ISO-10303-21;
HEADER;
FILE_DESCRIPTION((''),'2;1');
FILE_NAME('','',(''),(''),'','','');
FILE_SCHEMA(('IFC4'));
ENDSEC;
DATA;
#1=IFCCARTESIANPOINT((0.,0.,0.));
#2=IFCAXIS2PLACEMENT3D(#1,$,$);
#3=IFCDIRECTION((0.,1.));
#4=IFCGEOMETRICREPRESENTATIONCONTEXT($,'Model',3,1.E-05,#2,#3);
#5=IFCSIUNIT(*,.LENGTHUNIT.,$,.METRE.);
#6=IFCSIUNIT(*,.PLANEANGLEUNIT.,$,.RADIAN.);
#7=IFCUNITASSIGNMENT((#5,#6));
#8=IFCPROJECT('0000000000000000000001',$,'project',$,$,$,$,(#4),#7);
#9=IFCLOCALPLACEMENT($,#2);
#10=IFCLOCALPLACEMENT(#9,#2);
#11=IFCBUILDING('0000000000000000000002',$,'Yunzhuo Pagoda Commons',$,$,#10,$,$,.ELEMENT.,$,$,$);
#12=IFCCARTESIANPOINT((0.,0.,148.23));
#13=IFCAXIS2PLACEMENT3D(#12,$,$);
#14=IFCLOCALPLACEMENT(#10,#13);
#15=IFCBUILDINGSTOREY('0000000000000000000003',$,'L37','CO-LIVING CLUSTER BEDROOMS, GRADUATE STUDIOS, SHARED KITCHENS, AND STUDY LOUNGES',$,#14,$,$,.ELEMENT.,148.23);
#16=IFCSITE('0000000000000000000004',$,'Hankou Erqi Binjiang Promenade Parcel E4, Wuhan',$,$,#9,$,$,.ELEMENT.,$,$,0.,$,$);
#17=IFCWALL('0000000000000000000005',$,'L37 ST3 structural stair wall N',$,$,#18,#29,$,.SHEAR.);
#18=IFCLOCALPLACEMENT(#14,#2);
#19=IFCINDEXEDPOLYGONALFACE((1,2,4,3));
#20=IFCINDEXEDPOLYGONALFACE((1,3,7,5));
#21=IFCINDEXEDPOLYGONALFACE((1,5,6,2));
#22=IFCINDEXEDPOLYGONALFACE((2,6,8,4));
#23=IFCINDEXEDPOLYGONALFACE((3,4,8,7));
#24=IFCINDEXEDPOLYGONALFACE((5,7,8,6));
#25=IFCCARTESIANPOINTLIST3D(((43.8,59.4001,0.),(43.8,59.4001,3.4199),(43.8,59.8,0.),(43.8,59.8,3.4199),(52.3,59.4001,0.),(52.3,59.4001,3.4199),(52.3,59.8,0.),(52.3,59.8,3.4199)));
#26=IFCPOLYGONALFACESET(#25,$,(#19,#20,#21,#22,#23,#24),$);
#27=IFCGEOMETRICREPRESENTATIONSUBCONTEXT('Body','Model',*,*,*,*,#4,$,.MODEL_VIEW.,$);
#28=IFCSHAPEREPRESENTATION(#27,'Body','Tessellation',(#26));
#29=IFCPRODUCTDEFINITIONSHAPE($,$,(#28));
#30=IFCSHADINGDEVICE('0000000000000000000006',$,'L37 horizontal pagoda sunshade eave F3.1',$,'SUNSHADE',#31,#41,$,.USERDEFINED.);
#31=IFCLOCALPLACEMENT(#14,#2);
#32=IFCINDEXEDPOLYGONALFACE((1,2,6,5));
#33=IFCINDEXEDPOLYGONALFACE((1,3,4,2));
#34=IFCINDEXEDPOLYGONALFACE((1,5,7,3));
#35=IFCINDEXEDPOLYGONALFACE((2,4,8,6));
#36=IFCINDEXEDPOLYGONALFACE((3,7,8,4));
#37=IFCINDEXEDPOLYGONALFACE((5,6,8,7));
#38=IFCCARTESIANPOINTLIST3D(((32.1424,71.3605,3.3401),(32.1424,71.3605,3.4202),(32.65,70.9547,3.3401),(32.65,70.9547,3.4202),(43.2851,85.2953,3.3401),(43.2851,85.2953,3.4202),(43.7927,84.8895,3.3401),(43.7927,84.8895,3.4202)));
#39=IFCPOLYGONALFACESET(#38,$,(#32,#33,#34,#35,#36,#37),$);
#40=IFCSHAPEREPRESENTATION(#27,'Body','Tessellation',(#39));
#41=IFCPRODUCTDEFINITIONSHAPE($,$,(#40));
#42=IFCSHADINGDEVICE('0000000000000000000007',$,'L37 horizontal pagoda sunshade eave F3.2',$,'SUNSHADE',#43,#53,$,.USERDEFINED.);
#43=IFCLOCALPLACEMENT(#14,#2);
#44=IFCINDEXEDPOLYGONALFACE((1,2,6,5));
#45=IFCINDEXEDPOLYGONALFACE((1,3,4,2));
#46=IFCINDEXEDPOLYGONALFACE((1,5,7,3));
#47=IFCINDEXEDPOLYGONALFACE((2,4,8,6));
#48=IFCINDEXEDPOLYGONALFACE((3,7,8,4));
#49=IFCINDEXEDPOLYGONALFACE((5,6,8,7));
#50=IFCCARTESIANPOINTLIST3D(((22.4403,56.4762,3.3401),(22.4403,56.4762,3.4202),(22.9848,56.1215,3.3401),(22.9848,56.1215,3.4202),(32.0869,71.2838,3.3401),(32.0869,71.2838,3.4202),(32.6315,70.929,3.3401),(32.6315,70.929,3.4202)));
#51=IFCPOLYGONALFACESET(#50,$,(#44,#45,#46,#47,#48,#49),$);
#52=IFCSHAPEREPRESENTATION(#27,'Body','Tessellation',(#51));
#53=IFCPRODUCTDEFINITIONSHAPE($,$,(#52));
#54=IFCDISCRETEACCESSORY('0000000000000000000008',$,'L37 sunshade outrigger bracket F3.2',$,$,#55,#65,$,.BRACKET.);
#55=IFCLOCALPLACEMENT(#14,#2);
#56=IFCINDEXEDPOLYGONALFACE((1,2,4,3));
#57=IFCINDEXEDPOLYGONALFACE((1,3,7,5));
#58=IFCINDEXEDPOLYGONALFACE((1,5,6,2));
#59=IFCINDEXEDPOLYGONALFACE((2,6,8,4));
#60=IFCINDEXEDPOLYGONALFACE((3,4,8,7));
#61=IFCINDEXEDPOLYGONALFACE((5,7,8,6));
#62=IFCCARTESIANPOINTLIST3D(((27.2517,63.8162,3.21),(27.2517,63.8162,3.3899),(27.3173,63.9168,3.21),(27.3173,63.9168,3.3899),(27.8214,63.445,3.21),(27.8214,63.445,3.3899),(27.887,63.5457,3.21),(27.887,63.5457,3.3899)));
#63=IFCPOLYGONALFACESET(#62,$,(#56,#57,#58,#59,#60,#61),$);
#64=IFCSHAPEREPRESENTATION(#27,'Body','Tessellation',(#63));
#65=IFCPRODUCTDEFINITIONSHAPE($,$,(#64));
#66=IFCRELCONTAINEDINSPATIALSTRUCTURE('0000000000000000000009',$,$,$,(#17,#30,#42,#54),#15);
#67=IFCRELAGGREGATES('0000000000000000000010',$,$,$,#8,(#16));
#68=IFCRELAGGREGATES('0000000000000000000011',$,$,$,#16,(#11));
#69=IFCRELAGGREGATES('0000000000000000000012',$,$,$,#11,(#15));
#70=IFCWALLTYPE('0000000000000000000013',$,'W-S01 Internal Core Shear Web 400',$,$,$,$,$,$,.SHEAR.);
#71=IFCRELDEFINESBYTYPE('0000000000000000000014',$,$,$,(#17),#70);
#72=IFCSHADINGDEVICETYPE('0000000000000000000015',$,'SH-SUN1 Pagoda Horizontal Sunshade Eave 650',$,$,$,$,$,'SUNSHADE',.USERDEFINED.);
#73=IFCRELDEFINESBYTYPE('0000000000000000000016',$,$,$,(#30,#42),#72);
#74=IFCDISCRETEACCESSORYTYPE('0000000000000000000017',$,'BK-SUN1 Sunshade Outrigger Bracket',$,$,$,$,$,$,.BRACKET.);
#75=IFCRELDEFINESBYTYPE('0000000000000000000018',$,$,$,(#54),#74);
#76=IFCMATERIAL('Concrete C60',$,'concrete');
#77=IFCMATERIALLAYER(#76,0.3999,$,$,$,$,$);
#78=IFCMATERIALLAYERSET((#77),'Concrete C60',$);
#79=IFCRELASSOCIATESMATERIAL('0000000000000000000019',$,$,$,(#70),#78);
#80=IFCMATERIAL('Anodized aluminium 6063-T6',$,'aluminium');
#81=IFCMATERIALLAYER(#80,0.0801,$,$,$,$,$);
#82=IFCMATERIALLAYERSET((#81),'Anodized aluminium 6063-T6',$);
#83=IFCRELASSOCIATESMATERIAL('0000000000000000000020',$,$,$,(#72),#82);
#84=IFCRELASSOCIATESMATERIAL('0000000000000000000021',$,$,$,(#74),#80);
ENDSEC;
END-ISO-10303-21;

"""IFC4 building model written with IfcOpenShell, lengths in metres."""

from ifc_helpers import new_model, si_unit, direction, frame, frame_2d, origin, origin_2d, place, context, subcontext, project, spatial, rectangle, extrude, source, transform, mapped, material, layer, layer_set, type_object, element, save


model = new_model("IFC4")

# Units and contexts
model_context = context("Model", 3, precision=1e-05, world=origin(), true_north=direction((0.0, 1.0)))
body_context = subcontext(model_context, "Body", "Model", "MODEL_VIEW")
ifc_project = project(units=[si_unit("LENGTHUNIT", "METRE"), si_unit("PLANEANGLEUNIT", "RADIAN")], contexts=[model_context])

# Site, building, storey
site_placement = place(None, origin())
site = spatial("IfcSite", under=ifc_project, at=site_placement, Name="Hankou Erqi Binjiang Promenade Parcel E4, Wuhan", CompositionType="ELEMENT", RefElevation=0.0)
building_placement = place(site_placement, origin())
building = spatial("IfcBuilding", under=site, at=building_placement, Name="Yunzhuo Pagoda Commons", CompositionType="ELEMENT")
storey_placement = place(building_placement, frame((0.0, 0.0, 148.23)))
storey = spatial("IfcBuildingStorey", under=building, at=storey_placement, Name="L37", Description="CO-LIVING CLUSTER BEDROOMS, GRADUATE STUDIOS, SHARED KITCHENS, AND STUDY LOUNGES", CompositionType="ELEMENT", Elevation=148.23)

# Shared definitions
ifc_material_1 = material(Name="Anodized aluminium 6063-T6", Category="aluminium")

# Wall
ifc_material_2 = material(Name="Concrete C60", Category="concrete")
ifc_layer_1 = layer(ifc_material_2, 0.3999)
ifc_layer_set_1 = layer_set([ifc_layer_1], Name="Concrete C60")
wall_type = type_object("IfcWallType", Name="W-S01 Internal Core Shear Web 400", PredefinedType="SHEAR", material=ifc_layer_set_1)
wall_placement = place(storey_placement, frame((43.8, 59.6001, 0.0), z_axis=(0.0, 0.0, 1.0), x_axis=(1.0, 0.0, 0.0)))
element("IfcWall", 1, at=wall_placement, inside=storey, type_object=wall_type, Name="L37 ST3 structural stair wall N", PredefinedType="SHEAR", context=body_context, shape_type="SweptSolid", body=[
    extrude(rectangle(XDim=8.5, YDim=0.3999, at=frame_2d((4.25, 0.0))), origin(), (0.0, 0.0, 1.0), 3.4199),
])

# Shading devices
ifc_layer_2 = layer(ifc_material_1, 0.0801)
ifc_layer_set_2 = layer_set([ifc_layer_2], Name="Anodized aluminium 6063-T6")
shading_device_type = type_object("IfcShadingDeviceType", Name="SH-SUN1 Pagoda Horizontal Sunshade Eave 650", ElementType="SUNSHADE", PredefinedType="USERDEFINED", material=ifc_layer_set_2)
shared_shape_1 = source(origin(), body_context, "Body", "SweptSolid", [
    extrude(rectangle(XDim=17.842, YDim=0.6499, at=origin_2d()), origin(), (0.0, 0.0, 1.0), 0.0801),
])
shading_device_1_placement = place(storey_placement, frame((37.9675, 78.125, 3.3401), z_axis=(0.0, 0.0, 1.0), x_axis=(-0.62452, -0.781008, 0.0)))
element("IfcShadingDevice", 2, at=shading_device_1_placement, inside=storey, type_object=shading_device_type, Name="L37 horizontal pagoda sunshade eave F3.1", ObjectType="SUNSHADE", PredefinedType="USERDEFINED", context=body_context, shape_type="MappedRepresentation", body=[
    mapped(shared_shape_1, transform((0.0, 0.0, 0.0), scale=1.0)),
])
shared_shape_2 = source(origin(), body_context, "Body", "SweptSolid", [
    extrude(rectangle(XDim=17.6726, YDim=0.6499, at=origin_2d()), origin(), (0.0, 0.0, 1.0), 0.0801),
])
shading_device_2_placement = place(storey_placement, frame((27.5359, 63.7026, 3.3401), z_axis=(0.0, 0.0, 1.0), x_axis=(-0.545853, -0.837881, 0.0)))
element("IfcShadingDevice", 3, at=shading_device_2_placement, inside=storey, type_object=shading_device_type, Name="L37 horizontal pagoda sunshade eave F3.2", ObjectType="SUNSHADE", PredefinedType="USERDEFINED", context=body_context, shape_type="MappedRepresentation", body=[
    mapped(shared_shape_2, transform((0.0, 0.0, 0.0), scale=1.0)),
])

# Discrete accessory
discrete_accessory_type = type_object("IfcDiscreteAccessoryType", Name="BK-SUN1 Sunshade Outrigger Bracket", PredefinedType="BRACKET", material=ifc_material_1)
shared_shape_3 = source(origin(), body_context, "Body", "SweptSolid", [
    extrude(rectangle(XDim=0.1201, YDim=0.6799, at=origin_2d()), origin(), (0.0, 0.0, 1.0), 0.1799),
])
discrete_accessory_placement = place(storey_placement, frame((27.5693, 63.6809, 3.21), z_axis=(0.0, 0.0, 1.0), x_axis=(-0.545853, -0.837881, 0.0)))
element("IfcDiscreteAccessory", 4, at=discrete_accessory_placement, inside=storey, type_object=discrete_accessory_type, Name="L37 sunshade outrigger bracket F3.2", PredefinedType="BRACKET", context=body_context, shape_type="MappedRepresentation", body=[
    mapped(shared_shape_3, transform((0.0, 0.0, 0.0), scale=1.0)),
])

save(model, "model.ifc")
